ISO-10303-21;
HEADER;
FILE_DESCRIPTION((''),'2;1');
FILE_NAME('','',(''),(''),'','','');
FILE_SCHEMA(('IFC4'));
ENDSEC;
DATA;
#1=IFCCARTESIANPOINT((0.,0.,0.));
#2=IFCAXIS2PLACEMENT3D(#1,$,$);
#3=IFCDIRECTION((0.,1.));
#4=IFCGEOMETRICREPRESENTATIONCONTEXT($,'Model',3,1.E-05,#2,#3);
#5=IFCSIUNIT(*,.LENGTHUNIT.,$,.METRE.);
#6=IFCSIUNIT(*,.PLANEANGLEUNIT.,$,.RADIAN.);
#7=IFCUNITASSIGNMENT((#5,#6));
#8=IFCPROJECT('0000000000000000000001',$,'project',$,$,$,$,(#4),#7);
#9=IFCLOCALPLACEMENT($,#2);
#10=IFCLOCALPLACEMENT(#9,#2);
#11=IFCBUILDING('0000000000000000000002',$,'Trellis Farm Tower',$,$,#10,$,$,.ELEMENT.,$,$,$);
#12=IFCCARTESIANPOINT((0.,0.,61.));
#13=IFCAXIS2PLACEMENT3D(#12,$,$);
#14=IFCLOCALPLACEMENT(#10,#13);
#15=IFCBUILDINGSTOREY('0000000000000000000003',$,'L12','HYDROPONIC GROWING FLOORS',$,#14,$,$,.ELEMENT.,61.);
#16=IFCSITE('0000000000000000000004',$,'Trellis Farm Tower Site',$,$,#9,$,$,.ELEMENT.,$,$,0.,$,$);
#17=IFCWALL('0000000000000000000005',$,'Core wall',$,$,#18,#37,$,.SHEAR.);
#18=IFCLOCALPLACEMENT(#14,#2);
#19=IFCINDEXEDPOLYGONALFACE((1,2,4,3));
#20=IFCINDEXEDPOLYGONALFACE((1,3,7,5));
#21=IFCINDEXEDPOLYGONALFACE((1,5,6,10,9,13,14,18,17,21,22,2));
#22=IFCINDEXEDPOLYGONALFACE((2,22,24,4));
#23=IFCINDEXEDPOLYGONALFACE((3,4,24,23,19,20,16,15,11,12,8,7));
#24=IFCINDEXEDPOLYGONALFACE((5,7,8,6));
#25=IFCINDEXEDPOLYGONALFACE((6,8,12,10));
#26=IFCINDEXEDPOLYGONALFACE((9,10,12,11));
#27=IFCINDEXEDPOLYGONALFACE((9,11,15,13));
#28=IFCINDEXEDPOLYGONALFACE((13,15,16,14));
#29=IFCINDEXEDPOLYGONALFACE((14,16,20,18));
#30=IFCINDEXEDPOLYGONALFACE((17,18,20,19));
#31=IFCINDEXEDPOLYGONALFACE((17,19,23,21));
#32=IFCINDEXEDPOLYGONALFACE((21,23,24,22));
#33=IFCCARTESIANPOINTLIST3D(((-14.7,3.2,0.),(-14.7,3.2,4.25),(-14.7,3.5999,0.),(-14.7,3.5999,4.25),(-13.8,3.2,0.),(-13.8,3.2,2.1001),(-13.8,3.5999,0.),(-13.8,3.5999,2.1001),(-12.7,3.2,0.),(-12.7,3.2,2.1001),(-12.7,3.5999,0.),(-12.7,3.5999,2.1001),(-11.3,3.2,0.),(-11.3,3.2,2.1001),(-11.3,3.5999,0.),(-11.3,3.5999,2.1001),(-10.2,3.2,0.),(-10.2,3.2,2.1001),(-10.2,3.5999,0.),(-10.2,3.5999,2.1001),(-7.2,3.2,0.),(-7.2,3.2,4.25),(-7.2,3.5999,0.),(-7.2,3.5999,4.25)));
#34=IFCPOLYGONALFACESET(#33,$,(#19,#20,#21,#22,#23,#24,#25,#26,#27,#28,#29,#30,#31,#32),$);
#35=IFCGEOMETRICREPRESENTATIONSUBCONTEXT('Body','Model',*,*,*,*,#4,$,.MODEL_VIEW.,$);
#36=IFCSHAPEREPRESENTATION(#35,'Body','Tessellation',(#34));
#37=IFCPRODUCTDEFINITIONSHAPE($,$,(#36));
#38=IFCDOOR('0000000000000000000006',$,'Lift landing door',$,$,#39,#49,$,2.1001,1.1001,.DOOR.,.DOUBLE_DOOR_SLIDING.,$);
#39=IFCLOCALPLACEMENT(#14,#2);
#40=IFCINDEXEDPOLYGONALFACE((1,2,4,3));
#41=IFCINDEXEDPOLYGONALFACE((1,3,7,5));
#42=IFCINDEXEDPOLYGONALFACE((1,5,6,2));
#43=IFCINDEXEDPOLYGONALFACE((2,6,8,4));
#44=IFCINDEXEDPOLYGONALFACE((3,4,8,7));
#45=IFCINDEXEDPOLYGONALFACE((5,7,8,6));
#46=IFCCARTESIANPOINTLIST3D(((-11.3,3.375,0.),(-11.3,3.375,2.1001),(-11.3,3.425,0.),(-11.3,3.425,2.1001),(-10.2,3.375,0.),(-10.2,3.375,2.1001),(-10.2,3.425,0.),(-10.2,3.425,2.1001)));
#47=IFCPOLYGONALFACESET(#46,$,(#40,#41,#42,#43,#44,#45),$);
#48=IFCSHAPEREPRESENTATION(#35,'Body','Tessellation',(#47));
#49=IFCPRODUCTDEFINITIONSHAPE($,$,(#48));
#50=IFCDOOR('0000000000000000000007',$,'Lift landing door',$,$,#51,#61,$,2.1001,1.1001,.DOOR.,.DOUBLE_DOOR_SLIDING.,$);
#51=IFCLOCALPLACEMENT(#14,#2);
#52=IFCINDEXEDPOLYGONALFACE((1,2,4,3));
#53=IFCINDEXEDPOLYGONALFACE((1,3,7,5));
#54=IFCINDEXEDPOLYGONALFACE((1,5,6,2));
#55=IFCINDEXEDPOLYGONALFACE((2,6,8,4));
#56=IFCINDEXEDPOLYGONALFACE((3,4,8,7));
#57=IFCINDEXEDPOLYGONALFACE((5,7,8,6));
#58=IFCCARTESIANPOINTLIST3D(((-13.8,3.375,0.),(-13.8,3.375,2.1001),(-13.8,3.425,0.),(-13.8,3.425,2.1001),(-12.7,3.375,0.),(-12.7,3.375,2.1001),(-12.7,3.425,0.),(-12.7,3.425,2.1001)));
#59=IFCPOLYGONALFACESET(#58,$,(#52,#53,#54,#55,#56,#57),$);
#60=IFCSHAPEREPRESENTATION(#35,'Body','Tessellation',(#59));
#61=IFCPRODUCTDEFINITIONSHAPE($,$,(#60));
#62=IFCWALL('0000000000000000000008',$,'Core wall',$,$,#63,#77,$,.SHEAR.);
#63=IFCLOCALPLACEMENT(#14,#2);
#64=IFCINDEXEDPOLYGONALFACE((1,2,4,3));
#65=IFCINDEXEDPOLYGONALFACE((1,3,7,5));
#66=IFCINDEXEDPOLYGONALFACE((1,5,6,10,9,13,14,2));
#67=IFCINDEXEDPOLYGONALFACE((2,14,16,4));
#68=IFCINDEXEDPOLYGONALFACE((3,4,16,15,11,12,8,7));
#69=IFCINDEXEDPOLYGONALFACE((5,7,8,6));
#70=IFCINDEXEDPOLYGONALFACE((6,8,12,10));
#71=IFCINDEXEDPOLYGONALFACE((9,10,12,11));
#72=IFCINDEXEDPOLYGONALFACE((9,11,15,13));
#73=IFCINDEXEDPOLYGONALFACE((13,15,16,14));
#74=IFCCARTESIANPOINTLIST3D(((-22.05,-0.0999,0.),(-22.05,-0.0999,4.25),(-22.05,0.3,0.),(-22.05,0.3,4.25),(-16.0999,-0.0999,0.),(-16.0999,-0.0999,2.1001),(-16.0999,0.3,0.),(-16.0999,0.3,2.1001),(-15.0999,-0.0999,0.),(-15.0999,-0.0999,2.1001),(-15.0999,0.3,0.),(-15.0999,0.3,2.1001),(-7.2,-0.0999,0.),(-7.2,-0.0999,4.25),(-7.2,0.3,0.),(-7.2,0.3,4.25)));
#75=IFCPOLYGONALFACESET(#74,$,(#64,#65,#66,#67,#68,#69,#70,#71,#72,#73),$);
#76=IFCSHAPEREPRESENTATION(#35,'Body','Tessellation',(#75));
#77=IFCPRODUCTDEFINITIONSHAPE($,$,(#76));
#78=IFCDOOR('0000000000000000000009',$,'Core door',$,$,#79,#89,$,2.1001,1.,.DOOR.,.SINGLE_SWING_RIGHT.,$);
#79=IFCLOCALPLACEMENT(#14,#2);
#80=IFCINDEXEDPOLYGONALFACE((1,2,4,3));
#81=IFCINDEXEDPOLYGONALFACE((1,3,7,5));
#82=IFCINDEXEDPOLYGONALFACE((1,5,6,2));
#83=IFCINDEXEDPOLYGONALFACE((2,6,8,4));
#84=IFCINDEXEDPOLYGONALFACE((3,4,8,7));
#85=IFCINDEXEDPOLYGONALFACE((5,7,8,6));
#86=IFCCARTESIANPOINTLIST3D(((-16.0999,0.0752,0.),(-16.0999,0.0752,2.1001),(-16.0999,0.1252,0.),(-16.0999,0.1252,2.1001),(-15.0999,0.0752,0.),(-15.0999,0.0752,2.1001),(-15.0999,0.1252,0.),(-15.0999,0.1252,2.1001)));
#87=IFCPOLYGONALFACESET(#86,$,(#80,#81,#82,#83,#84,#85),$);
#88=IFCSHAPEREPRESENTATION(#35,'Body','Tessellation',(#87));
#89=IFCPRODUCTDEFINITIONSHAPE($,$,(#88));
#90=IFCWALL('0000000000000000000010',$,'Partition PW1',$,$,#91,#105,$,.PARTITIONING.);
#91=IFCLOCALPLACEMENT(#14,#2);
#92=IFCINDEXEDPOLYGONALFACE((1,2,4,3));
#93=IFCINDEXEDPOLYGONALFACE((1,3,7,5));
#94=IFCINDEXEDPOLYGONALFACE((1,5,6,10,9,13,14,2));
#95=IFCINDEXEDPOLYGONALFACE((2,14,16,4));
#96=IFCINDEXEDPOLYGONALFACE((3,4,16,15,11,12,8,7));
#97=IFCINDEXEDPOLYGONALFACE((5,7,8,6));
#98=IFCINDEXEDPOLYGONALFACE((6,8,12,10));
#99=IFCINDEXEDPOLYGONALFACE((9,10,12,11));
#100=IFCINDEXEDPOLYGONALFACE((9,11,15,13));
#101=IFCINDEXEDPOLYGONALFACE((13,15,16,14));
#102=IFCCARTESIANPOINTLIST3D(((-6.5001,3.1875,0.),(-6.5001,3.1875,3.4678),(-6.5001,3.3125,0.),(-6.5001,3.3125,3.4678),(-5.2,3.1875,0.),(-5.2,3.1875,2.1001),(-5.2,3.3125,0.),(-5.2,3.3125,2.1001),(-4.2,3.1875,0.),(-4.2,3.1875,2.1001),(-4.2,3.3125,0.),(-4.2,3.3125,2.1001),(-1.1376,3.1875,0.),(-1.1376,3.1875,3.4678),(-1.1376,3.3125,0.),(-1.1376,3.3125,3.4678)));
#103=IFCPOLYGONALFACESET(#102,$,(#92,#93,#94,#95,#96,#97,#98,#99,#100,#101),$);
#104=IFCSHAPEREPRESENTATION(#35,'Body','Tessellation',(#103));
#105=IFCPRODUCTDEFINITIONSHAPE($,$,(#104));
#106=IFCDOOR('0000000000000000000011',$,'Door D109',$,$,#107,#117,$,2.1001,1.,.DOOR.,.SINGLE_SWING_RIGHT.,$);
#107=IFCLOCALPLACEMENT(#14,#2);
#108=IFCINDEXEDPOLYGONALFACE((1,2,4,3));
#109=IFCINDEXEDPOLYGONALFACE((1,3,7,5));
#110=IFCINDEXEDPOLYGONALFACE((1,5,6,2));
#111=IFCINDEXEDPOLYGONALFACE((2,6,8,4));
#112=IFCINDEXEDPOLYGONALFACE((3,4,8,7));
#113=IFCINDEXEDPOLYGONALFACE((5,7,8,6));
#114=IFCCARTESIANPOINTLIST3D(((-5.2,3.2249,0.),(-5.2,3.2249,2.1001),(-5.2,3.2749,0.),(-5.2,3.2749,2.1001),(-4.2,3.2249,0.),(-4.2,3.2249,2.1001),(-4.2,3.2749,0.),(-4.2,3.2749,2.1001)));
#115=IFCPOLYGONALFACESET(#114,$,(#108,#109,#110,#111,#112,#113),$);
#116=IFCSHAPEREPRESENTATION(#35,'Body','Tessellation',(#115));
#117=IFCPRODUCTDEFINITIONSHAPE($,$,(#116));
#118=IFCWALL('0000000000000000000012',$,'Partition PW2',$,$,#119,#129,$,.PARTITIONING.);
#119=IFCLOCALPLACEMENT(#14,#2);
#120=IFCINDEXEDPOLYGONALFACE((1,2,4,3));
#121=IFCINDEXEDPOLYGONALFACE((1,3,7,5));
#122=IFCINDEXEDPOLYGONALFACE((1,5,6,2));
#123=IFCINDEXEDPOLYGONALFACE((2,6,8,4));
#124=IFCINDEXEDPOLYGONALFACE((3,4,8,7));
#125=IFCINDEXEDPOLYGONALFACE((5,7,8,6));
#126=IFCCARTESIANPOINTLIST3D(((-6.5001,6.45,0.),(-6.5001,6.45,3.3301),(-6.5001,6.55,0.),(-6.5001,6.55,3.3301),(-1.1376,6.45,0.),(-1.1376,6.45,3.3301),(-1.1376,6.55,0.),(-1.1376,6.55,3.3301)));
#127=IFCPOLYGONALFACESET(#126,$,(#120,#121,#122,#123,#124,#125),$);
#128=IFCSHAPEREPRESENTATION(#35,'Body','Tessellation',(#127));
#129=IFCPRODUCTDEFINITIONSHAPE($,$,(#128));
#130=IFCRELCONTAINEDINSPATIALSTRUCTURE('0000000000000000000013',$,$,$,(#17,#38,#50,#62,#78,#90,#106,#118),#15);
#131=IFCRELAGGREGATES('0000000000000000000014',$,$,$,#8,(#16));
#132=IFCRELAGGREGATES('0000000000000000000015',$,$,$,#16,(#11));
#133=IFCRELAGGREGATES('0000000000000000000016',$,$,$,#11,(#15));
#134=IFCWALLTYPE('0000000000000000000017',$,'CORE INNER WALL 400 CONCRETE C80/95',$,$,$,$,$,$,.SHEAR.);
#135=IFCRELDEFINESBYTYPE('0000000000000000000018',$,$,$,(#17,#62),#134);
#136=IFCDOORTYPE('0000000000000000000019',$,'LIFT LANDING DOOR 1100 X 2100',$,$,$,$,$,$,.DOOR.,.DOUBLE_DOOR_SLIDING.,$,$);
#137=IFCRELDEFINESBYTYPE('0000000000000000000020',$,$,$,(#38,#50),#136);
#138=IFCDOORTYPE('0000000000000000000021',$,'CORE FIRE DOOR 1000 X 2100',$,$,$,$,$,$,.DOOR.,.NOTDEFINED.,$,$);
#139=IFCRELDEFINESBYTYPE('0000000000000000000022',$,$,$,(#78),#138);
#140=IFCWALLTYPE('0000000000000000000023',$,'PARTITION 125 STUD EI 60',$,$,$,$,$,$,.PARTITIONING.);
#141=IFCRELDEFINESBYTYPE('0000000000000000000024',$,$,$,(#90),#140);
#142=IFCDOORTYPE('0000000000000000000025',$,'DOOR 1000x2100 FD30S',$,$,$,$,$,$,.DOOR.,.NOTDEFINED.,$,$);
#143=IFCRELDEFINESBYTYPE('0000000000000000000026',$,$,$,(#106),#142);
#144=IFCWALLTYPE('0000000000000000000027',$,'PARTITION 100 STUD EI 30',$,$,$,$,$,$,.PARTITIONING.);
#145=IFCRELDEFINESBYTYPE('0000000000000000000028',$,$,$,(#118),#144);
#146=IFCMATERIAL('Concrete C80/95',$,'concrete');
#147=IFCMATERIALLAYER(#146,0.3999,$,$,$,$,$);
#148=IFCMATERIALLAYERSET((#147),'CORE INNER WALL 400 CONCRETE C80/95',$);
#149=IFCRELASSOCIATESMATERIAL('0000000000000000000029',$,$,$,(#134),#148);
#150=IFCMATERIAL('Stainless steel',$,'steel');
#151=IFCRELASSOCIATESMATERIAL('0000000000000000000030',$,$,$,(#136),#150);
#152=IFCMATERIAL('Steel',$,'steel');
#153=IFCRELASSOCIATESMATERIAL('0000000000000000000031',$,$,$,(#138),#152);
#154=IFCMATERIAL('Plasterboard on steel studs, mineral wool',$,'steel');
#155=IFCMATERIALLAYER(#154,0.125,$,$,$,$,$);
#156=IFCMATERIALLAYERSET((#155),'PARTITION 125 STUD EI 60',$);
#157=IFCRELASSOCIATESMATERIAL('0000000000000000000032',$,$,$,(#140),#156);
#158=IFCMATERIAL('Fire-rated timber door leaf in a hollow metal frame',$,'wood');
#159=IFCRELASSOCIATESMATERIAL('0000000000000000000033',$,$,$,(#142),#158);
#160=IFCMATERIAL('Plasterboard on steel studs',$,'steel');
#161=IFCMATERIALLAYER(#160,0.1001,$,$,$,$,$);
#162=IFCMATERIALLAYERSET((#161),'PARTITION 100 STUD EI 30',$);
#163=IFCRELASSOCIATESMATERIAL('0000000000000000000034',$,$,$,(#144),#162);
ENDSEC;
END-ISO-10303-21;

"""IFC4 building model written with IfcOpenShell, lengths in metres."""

from ifc_helpers import new_model, si_unit, direction, frame, frame_2d, origin, place, context, subcontext, project, spatial, rectangle, extrude, source, transform, mapped, material, layer, layer_set, type_object, element, fill, save


model = new_model("IFC4")

# Units and contexts
model_context = context("Model", 3, precision=1e-05, world=origin(), true_north=direction((0.0, 1.0)))
body_context = subcontext(model_context, "Body", "Model", "MODEL_VIEW")
ifc_project = project(units=[si_unit("LENGTHUNIT", "METRE"), si_unit("PLANEANGLEUNIT", "RADIAN")], contexts=[model_context])

# Site, building, storey
site_placement = place(None, origin())
site = spatial("IfcSite", under=ifc_project, at=site_placement, Name="Trellis Farm Tower Site", CompositionType="ELEMENT", RefElevation=0.0)
building_placement = place(site_placement, origin())
building = spatial("IfcBuilding", under=site, at=building_placement, Name="Trellis Farm Tower", CompositionType="ELEMENT")
storey_placement = place(building_placement, frame((0.0, 0.0, 61.0)))
storey = spatial("IfcBuildingStorey", under=building, at=storey_placement, Name="L12", Description="HYDROPONIC GROWING FLOORS", CompositionType="ELEMENT", Elevation=61.0)

# Shared definitions
ifc_material_1 = material(Name="Concrete C80/95", Category="concrete")

# Shared definitions
ifc_material_2 = material(Name="Steel", Category="steel")

# Shared definitions
ifc_layer_1 = layer(ifc_material_1, 0.3999)
ifc_layer_set_1 = layer_set([ifc_layer_1], Name="CORE INNER WALL 400 CONCRETE C80/95")
wall_type_1 = type_object("IfcWallType", Name="CORE INNER WALL 400 CONCRETE C80/95", PredefinedType="SHEAR", material=ifc_layer_set_1)

# Wall, openings, doors
shared_shape_1 = source(origin(), body_context, "Body", "SweptSolid", [
    extrude(rectangle(XDim=7.5, YDim=0.3999, at=frame_2d((3.75, 0.0))), origin(), (0.0, 0.0, 1.0), 4.25),
])
wall_1_placement = place(storey_placement, frame((-7.2, 3.3999, 0.0), z_axis=(0.0, 0.0, 1.0), x_axis=(-1.0, 0.0, 0.0)))
wall_1 = element("IfcWall", 1, at=wall_1_placement, inside=storey, type_object=wall_type_1, Name="Core wall", PredefinedType="SHEAR", context=body_context, shape_type="MappedRepresentation", body=[
    mapped(shared_shape_1, transform((0.0, 0.0, 0.0))),
])
shared_shape_2 = source(origin(), body_context, "Body", "SweptSolid", [
    extrude(rectangle(XDim=1.1001, YDim=2.1001, at=frame_2d((0.55, 1.05))), frame((0.0, 0.21, 0.0), z_axis=(0.0, -1.0, 0.0), x_axis=(1.0, 0.0, 0.0)), (0.0, 0.0, 1.0), 0.4199),
])
opening_1_placement = place(wall_1_placement, frame((3.0, 0.0, 0.0)))
opening_1 = element("IfcOpeningElement", 2, at=opening_1_placement, cuts=wall_1, PredefinedType="OPENING", context=body_context, shape_type="MappedRepresentation", body=[
    mapped(shared_shape_2, transform((0.0, 0.0, 0.0))),
])
opening_2_placement = place(wall_1_placement, frame((5.5, 0.0, 0.0)))
opening_2 = element("IfcOpeningElement", 3, at=opening_2_placement, cuts=wall_1, PredefinedType="OPENING", context=body_context, shape_type="MappedRepresentation", body=[
    mapped(shared_shape_2, transform((0.0, 0.0, 0.0))),
])
ifc_material_3 = material(Name="Stainless steel", Category="steel")
door_type_1 = type_object("IfcDoorType", Name="LIFT LANDING DOOR 1100 X 2100", OperationType="DOUBLE_DOOR_SLIDING", PredefinedType="DOOR", material=ifc_material_3)
shared_shape_3 = source(origin(), body_context, "Body", "SweptSolid", [
    extrude(rectangle(XDim=1.1001, YDim=2.1001, at=frame_2d((0.55, 1.05))), frame((0.0, 0.0249, 0.0), z_axis=(0.0, -1.0, 0.0), x_axis=(1.0, 0.0, 0.0)), (0.0, 0.0, 1.0), 0.05),
])
door_1_placement = place(opening_1_placement, origin())
door_1 = element("IfcDoor", 4, at=door_1_placement, inside=storey, type_object=door_type_1, Name="Lift landing door", OperationType="DOUBLE_DOOR_SLIDING", OverallHeight=2.1001, OverallWidth=1.1001, PredefinedType="DOOR", context=body_context, shape_type="MappedRepresentation", body=[
    mapped(shared_shape_3, transform((0.0, 0.0, 0.0))),
])
fill(opening_1, door_1)
door_2_placement = place(opening_2_placement, origin())
door_2 = element("IfcDoor", 5, at=door_2_placement, inside=storey, type_object=door_type_1, Name="Lift landing door", OperationType="DOUBLE_DOOR_SLIDING", OverallHeight=2.1001, OverallWidth=1.1001, PredefinedType="DOOR", context=body_context, shape_type="MappedRepresentation", body=[
    mapped(shared_shape_3, transform((0.0, 0.0, 0.0))),
])
fill(opening_2, door_2)

# Walls, openings, doors
shared_shape_4 = source(origin(), body_context, "Body", "SweptSolid", [
    extrude(rectangle(XDim=14.8501, YDim=0.3999, at=frame_2d((7.425, 0.0))), origin(), (0.0, 0.0, 1.0), 4.25),
])
wall_2_placement = place(storey_placement, frame((-7.2, 0.1001, 0.0), z_axis=(0.0, 0.0, 1.0), x_axis=(-1.0, 0.0, 0.0)))
wall_2 = element("IfcWall", 6, at=wall_2_placement, inside=storey, type_object=wall_type_1, Name="Core wall", PredefinedType="SHEAR", context=body_context, shape_type="MappedRepresentation", body=[
    mapped(shared_shape_4, transform((0.0, 0.0, 0.0))),
])
shared_shape_5 = source(origin(), body_context, "Body", "SweptSolid", [
    extrude(rectangle(XDim=1.0, YDim=2.1001, at=frame_2d((0.5, 1.05))), frame((0.0, 0.21, 0.0), z_axis=(0.0, -1.0, 0.0), x_axis=(1.0, 0.0, 0.0)), (0.0, 0.0, 1.0), 0.4199),
])
opening_3_placement = place(wall_2_placement, frame((7.8999, 0.0, 0.0)))
opening_3 = element("IfcOpeningElement", 7, at=opening_3_placement, cuts=wall_2, PredefinedType="OPENING", context=body_context, shape_type="MappedRepresentation", body=[
    mapped(shared_shape_5, transform((0.0, 0.0, 0.0))),
])
door_type_2 = type_object("IfcDoorType", Name="CORE FIRE DOOR 1000 X 2100", OperationType="NOTDEFINED", PredefinedType="DOOR", material=ifc_material_2)
shared_shape_6 = source(origin(), body_context, "Body", "SweptSolid", [
    extrude(rectangle(XDim=1.0, YDim=2.1001, at=frame_2d((0.5, 1.05))), frame((0.0, 0.0249, 0.0), z_axis=(0.0, -1.0, 0.0), x_axis=(1.0, 0.0, 0.0)), (0.0, 0.0, 1.0), 0.05),
])
door_3_placement = place(opening_3_placement, origin())
door_3 = element("IfcDoor", 8, at=door_3_placement, inside=storey, type_object=door_type_2, Name="Core door", OperationType="SINGLE_SWING_RIGHT", OverallHeight=2.1001, OverallWidth=1.0, PredefinedType="DOOR", context=body_context, shape_type="MappedRepresentation", body=[
    mapped(shared_shape_6, transform((0.0, 0.0, 0.0))),
])
fill(opening_3, door_3)
ifc_material_4 = material(Name="Plasterboard on steel studs, mineral wool", Category="steel")
ifc_layer_2 = layer(ifc_material_4, 0.125)
ifc_layer_set_2 = layer_set([ifc_layer_2], Name="PARTITION 125 STUD EI 60")
wall_type_2 = type_object("IfcWallType", Name="PARTITION 125 STUD EI 60", PredefinedType="PARTITIONING", material=ifc_layer_set_2)
shared_shape_7 = source(origin(), body_context, "Body", "SweptSolid", [
    extrude(rectangle(XDim=5.3625, YDim=0.125, at=frame_2d((2.6812, 0.0))), origin(), (0.0, 0.0, 1.0), 3.4678),
])
wall_3_placement = place(storey_placement, frame((-6.5, 3.25, 0.0), z_axis=(0.0, 0.0, 1.0), x_axis=(1.0, 0.0, 0.0)))
wall_3 = element("IfcWall", 9, at=wall_3_placement, inside=storey, type_object=wall_type_2, Name="Partition PW1", PredefinedType="PARTITIONING", context=body_context, shape_type="MappedRepresentation", body=[
    mapped(shared_shape_7, transform((0.0, 0.0, 0.0))),
])
shared_shape_8 = source(origin(), body_context, "Body", "SweptSolid", [
    extrude(rectangle(XDim=1.0, YDim=2.1001, at=frame_2d((0.5, 1.05))), frame((0.0, 0.0725, 0.0), z_axis=(0.0, -1.0, 0.0), x_axis=(1.0, 0.0, 0.0)), (0.0, 0.0, 1.0), 0.145),
])
opening_4_placement = place(wall_3_placement, frame((1.3, 0.0, 0.0)))
opening_4 = element("IfcOpeningElement", 10, at=opening_4_placement, cuts=wall_3, PredefinedType="OPENING", context=body_context, shape_type="MappedRepresentation", body=[
    mapped(shared_shape_8, transform((0.0, 0.0, 0.0))),
])
ifc_material_5 = material(Name="Fire-rated timber door leaf in a hollow metal frame", Category="wood")
door_type_3 = type_object("IfcDoorType", Name="DOOR 1000x2100 FD30S", OperationType="NOTDEFINED", PredefinedType="DOOR", material=ifc_material_5)
door_4_placement = place(opening_4_placement, origin())
door_4 = element("IfcDoor", 11, at=door_4_placement, inside=storey, type_object=door_type_3, Name="Door D109", OperationType="SINGLE_SWING_RIGHT", OverallHeight=2.1001, OverallWidth=1.0, PredefinedType="DOOR", context=body_context, shape_type="MappedRepresentation", body=[
    mapped(shared_shape_6, transform((0.0, 0.0, 0.0))),
])
fill(opening_4, door_4)

# Wall
ifc_material_6 = material(Name="Plasterboard on steel studs", Category="steel")
ifc_layer_3 = layer(ifc_material_6, 0.1001)
ifc_layer_set_3 = layer_set([ifc_layer_3], Name="PARTITION 100 STUD EI 30")
wall_type_3 = type_object("IfcWallType", Name="PARTITION 100 STUD EI 30", PredefinedType="PARTITIONING", material=ifc_layer_set_3)
shared_shape_9 = source(origin(), body_context, "Body", "SweptSolid", [
    extrude(rectangle(XDim=5.3625, YDim=0.1001, at=frame_2d((2.6812, 0.0))), origin(), (0.0, 0.0, 1.0), 3.3301),
])
wall_4_placement = place(storey_placement, frame((-6.5, 6.5, 0.0), z_axis=(0.0, 0.0, 1.0), x_axis=(1.0, 0.0, 0.0)))
element("IfcWall", 12, at=wall_4_placement, inside=storey, type_object=wall_type_3, Name="Partition PW2", PredefinedType="PARTITIONING", context=body_context, shape_type="MappedRepresentation", body=[
    mapped(shared_shape_9, transform((0.0, 0.0, 0.0))),
])

save(model, "model.ifc")
